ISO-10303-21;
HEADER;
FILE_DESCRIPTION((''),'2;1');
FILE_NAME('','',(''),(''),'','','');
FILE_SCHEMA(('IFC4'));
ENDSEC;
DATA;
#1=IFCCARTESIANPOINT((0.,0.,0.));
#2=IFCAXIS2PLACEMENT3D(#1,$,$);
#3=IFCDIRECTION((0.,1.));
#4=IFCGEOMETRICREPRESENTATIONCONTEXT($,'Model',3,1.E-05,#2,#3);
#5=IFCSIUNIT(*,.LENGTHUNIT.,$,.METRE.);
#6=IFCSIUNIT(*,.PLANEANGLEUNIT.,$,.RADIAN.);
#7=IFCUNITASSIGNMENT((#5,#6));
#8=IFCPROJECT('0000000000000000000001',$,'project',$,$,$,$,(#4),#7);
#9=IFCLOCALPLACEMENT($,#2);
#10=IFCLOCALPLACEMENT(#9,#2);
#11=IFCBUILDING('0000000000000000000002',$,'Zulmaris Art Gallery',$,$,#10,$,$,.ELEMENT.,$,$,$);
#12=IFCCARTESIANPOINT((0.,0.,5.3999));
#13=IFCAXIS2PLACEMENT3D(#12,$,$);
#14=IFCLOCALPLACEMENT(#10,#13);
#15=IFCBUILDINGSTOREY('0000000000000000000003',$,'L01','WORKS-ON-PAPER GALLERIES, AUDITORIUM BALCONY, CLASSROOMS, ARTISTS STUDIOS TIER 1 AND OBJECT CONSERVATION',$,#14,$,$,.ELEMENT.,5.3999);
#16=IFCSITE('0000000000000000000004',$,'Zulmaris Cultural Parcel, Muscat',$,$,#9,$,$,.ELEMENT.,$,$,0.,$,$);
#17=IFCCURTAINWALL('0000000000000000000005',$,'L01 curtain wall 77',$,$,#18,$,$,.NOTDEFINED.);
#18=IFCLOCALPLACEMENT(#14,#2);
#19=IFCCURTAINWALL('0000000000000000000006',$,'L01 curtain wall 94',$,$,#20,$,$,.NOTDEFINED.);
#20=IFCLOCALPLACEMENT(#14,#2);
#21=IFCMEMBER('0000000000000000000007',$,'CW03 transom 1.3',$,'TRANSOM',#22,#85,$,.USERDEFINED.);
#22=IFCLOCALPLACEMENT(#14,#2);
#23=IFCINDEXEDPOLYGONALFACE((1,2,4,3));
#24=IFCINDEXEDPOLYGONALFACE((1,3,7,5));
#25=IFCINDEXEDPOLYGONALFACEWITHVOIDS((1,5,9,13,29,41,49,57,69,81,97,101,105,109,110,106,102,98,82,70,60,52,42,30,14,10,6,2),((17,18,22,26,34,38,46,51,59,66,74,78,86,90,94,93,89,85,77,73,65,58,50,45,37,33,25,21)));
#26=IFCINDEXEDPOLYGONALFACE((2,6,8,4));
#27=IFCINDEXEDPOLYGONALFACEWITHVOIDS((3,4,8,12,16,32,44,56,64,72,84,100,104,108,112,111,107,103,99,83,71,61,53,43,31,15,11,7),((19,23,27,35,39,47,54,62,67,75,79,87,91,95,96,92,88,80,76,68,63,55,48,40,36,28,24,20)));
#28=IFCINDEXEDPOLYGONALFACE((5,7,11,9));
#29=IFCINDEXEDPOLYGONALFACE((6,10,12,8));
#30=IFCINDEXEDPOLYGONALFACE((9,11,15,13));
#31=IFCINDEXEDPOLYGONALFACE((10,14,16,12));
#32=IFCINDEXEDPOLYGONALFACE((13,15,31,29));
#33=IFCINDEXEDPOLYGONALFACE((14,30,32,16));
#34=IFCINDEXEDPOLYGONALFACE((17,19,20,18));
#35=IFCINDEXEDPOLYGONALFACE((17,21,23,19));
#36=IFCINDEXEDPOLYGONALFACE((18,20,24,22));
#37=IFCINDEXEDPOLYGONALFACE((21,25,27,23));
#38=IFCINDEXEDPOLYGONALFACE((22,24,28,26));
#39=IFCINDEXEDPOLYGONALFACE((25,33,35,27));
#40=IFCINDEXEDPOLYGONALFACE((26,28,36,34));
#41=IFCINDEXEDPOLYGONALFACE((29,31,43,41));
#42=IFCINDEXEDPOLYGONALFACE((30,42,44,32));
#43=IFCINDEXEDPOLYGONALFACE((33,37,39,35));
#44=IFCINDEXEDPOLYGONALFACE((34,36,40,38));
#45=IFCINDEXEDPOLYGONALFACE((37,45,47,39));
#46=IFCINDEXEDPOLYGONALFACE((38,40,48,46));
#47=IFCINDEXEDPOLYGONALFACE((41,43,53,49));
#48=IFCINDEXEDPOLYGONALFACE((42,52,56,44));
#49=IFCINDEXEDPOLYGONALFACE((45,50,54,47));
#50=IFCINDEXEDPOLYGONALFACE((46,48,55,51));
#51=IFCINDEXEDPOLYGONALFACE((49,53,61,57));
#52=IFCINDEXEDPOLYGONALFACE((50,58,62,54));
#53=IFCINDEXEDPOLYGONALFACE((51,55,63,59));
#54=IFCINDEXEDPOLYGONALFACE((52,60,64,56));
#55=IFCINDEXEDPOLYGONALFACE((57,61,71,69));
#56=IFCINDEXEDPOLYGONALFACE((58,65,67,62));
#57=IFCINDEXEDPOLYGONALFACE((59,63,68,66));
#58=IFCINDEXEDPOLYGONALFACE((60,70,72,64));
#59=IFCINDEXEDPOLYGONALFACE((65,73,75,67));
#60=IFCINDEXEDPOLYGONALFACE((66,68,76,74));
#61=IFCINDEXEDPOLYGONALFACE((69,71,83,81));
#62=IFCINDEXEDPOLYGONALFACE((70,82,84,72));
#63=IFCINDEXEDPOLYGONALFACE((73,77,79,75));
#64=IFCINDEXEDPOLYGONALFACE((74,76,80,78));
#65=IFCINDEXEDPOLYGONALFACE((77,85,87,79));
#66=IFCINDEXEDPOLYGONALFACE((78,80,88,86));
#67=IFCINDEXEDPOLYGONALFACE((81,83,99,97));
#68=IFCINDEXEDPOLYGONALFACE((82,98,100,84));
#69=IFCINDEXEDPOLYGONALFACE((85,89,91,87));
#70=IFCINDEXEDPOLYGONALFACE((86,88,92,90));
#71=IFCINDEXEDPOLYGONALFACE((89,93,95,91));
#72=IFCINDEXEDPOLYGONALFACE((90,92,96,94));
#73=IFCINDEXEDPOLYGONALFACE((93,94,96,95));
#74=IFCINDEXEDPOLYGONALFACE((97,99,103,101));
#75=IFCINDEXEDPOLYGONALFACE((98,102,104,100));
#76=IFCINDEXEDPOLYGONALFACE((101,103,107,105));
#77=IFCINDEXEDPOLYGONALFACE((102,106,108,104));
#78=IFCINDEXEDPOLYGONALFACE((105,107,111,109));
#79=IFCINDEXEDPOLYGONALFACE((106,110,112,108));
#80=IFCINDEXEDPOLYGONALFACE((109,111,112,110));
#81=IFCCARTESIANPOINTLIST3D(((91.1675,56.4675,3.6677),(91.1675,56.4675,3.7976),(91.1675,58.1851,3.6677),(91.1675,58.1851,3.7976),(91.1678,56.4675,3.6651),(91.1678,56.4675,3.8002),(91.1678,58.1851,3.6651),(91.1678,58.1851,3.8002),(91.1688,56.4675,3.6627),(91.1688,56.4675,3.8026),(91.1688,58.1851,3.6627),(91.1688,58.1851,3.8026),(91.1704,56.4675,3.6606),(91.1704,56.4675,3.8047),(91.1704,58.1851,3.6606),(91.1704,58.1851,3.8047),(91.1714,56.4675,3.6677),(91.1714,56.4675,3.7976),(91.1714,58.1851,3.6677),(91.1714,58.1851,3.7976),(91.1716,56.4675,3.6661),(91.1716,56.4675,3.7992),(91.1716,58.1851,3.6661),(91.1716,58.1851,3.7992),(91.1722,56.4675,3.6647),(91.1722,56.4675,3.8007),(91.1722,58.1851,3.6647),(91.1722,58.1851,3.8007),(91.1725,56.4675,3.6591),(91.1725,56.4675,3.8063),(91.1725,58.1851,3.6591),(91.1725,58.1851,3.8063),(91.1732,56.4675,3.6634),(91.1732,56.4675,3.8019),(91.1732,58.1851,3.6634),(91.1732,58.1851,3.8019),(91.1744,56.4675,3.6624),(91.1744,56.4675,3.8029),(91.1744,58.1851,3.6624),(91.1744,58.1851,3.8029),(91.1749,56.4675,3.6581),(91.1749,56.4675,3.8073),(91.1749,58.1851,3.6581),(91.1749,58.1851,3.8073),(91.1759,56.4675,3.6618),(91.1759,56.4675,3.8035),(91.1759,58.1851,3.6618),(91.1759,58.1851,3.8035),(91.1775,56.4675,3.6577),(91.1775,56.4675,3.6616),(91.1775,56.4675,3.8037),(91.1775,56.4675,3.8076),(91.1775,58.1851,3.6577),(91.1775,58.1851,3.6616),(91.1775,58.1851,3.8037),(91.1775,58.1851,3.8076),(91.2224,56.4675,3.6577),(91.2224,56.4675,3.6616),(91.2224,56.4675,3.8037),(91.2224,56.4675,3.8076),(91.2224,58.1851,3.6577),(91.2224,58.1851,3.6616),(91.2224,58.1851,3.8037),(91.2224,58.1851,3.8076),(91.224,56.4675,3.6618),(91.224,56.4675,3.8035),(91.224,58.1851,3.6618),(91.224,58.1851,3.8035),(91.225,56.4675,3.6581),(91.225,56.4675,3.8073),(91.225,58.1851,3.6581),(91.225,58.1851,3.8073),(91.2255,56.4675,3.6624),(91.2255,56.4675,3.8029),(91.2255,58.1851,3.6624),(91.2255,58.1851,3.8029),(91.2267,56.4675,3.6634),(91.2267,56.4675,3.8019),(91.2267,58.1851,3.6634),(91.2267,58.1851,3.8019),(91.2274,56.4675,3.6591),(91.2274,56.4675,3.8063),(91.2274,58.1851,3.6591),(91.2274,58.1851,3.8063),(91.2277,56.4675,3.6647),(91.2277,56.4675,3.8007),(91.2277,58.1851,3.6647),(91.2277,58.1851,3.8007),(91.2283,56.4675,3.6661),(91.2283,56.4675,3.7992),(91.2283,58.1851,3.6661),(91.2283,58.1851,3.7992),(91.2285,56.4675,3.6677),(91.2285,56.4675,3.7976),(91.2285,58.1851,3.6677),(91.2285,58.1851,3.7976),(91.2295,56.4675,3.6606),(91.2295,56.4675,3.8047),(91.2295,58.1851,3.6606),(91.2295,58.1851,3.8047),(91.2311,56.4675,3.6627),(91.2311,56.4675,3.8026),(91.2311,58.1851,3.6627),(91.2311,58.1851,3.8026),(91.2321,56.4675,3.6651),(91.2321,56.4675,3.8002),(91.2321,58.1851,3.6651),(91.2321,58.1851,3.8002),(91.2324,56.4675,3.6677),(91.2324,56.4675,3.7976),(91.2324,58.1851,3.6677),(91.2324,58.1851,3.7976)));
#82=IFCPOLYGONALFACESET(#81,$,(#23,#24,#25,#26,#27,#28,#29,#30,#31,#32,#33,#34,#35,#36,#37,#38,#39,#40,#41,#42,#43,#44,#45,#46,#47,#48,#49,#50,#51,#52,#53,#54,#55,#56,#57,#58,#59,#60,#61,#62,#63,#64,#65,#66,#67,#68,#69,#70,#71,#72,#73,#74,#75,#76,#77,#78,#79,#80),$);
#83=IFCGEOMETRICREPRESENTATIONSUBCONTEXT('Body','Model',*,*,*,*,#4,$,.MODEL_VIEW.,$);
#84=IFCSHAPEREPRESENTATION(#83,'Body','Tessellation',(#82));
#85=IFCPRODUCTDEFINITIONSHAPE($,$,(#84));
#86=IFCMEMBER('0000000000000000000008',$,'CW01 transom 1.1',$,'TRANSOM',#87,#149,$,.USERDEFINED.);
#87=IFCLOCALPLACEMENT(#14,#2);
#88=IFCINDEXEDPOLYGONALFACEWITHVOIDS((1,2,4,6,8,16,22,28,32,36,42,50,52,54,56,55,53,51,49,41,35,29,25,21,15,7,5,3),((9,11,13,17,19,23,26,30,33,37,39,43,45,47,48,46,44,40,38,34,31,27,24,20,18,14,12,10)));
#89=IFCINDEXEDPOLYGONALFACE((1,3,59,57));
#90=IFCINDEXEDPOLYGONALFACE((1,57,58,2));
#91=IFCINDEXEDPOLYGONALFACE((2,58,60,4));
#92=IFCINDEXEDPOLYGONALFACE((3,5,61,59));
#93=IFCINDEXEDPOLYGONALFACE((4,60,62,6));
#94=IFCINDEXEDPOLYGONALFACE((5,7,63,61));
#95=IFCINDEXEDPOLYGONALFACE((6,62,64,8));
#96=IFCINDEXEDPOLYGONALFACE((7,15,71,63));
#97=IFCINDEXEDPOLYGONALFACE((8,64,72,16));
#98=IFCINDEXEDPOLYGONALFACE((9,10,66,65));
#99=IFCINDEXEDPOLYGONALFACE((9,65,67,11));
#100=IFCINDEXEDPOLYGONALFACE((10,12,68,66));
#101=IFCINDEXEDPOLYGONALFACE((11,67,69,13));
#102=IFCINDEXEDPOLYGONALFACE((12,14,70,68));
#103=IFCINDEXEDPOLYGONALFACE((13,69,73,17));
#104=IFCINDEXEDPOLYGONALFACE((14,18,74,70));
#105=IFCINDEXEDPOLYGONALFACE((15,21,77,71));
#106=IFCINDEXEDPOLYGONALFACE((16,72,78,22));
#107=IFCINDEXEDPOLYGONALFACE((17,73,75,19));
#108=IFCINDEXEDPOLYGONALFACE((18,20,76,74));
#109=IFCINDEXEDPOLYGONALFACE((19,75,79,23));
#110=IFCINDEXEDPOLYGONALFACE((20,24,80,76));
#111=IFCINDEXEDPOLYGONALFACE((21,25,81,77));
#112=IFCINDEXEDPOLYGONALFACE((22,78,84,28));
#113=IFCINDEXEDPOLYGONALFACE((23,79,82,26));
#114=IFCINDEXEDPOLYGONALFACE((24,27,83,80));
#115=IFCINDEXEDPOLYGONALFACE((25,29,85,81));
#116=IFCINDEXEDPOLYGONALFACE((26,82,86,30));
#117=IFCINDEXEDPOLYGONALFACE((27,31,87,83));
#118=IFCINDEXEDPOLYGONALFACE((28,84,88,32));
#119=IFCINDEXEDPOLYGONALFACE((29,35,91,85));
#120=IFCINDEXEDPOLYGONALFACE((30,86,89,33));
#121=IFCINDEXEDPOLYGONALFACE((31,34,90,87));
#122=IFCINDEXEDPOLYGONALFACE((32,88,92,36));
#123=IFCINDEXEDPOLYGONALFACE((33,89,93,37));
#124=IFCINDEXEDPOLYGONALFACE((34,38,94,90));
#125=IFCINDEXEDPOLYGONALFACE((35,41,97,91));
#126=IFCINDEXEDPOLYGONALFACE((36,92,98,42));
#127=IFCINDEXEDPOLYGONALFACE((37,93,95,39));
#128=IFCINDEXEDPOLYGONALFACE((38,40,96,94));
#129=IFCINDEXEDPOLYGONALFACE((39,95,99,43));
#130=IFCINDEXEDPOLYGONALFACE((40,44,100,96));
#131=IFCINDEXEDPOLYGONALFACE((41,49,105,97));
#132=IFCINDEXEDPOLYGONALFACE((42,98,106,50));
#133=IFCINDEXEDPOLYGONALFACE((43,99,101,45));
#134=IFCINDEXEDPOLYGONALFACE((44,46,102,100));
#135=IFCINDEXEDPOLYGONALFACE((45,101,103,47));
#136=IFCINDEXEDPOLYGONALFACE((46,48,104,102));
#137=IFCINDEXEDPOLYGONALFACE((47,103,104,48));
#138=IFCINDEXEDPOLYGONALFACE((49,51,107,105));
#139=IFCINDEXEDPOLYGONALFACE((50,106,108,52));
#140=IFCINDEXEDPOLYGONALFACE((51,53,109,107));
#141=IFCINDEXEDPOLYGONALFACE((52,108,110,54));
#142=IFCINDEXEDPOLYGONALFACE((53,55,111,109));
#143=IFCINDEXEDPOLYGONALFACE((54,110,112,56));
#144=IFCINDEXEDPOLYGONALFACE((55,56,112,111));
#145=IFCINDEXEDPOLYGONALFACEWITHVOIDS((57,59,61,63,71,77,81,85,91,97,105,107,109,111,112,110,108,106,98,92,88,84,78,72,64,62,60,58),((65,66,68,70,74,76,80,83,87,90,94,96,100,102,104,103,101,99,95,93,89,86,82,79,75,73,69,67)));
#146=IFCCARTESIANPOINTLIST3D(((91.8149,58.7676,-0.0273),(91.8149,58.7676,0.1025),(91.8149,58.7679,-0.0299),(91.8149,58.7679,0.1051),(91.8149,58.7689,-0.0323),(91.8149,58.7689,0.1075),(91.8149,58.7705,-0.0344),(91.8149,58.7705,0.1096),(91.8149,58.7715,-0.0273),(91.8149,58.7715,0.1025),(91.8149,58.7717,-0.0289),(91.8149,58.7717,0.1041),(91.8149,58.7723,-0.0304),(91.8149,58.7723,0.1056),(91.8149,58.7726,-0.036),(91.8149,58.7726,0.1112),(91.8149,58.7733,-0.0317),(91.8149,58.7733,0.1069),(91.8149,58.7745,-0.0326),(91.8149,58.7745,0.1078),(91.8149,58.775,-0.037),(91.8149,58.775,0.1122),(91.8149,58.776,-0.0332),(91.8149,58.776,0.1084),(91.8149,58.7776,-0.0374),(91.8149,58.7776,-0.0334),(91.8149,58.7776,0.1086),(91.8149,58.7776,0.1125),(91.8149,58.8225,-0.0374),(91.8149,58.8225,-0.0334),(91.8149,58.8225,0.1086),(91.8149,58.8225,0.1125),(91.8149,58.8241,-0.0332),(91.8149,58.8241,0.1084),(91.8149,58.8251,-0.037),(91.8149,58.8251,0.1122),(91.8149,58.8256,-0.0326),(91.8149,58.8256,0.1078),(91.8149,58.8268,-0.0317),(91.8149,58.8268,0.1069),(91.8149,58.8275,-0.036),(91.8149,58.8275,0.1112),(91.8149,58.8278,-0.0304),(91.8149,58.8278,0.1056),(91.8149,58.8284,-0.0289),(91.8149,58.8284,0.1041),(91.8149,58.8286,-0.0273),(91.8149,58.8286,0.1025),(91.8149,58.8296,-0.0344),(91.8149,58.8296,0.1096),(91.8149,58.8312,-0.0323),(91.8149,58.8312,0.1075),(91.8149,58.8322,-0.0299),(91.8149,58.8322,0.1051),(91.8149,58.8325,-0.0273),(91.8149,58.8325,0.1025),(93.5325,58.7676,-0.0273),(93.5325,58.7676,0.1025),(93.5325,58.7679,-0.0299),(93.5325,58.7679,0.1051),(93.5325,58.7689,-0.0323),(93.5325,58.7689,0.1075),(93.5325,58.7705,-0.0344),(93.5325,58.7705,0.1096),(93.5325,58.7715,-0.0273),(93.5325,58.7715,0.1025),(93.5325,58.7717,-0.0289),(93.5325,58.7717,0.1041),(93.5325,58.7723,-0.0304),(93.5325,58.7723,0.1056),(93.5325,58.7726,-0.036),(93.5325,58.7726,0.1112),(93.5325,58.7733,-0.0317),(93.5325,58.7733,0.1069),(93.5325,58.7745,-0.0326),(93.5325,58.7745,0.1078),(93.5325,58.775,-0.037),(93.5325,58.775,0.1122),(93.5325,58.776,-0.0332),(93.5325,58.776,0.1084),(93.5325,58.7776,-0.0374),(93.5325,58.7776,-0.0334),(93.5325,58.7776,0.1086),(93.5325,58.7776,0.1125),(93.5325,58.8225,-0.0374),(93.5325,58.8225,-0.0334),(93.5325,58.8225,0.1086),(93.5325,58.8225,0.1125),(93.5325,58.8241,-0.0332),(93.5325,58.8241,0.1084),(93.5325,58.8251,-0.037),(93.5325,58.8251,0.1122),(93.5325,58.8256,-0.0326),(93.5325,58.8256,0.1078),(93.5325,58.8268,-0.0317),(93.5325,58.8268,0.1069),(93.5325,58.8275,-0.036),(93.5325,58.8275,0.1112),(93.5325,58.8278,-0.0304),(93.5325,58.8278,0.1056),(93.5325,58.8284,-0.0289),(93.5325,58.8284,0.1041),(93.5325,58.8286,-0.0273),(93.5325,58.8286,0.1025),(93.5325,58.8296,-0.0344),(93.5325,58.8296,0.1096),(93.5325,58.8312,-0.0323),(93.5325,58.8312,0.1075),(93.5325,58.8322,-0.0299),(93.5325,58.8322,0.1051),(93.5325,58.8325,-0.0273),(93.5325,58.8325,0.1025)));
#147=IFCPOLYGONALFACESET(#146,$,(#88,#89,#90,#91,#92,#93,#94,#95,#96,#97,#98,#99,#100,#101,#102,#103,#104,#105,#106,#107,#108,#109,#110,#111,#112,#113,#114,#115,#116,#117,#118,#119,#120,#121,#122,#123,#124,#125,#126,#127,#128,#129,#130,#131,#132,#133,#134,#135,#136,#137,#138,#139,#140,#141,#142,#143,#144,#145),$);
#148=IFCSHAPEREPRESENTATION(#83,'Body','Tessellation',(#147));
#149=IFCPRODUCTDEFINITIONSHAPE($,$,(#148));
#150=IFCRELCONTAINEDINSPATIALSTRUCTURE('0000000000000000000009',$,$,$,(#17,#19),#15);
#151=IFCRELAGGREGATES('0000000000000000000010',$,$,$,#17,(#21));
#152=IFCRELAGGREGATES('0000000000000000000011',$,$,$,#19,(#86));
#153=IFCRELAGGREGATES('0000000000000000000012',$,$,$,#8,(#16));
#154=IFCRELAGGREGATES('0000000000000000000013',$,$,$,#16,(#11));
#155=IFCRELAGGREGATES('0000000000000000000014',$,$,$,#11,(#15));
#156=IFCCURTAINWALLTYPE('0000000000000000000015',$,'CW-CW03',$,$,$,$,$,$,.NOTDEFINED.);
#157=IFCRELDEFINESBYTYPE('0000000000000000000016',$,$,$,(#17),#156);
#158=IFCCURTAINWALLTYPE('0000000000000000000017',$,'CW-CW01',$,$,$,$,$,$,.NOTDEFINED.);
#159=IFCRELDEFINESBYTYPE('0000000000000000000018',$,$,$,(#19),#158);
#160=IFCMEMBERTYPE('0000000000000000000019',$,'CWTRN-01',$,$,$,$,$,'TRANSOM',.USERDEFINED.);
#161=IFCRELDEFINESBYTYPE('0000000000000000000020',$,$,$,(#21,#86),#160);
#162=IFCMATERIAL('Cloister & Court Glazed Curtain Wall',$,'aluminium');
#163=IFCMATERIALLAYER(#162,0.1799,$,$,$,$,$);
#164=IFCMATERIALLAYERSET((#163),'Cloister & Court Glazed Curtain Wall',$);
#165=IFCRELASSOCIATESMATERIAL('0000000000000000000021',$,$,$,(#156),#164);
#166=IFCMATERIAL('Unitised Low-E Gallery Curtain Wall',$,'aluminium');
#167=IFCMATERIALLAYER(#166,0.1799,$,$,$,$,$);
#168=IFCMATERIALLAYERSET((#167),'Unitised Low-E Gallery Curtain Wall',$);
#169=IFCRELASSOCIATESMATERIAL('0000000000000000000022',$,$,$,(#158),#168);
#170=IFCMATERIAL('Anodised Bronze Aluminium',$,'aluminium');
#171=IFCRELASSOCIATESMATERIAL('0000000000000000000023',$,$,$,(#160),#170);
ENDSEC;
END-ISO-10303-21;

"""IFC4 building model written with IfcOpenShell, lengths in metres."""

from ifc_helpers import new_model, si_unit, direction, frame, origin, origin_2d, place, context, subcontext, project, spatial, hollow_rectangle, extrude, material, layer, layer_set, material_profile, profile_set, type_object, element, aggregate, save


model = new_model("IFC4")

# Units and contexts
model_context = context("Model", 3, precision=1e-05, world=origin(), true_north=direction((0.0, 1.0)))
body_context = subcontext(model_context, "Body", "Model", "MODEL_VIEW")
ifc_project = project(units=[si_unit("LENGTHUNIT", "METRE"), si_unit("PLANEANGLEUNIT", "RADIAN")], contexts=[model_context])

# Site, building, storey
site_placement = place(None, origin())
site = spatial("IfcSite", under=ifc_project, at=site_placement, Name="Zulmaris Cultural Parcel, Muscat", CompositionType="ELEMENT", RefElevation=0.0)
building_placement = place(site_placement, origin())
building = spatial("IfcBuilding", under=site, at=building_placement, Name="Zulmaris Art Gallery", CompositionType="ELEMENT")
storey_placement = place(building_placement, frame((0.0, 0.0, 5.3999)))
storey = spatial("IfcBuildingStorey", under=building, at=storey_placement, Name="L01", Description="WORKS-ON-PAPER GALLERIES, AUDITORIUM BALCONY, CLASSROOMS, ARTISTS STUDIOS TIER 1 AND OBJECT CONSERVATION", CompositionType="ELEMENT", Elevation=5.3999)

# Curtain wall
ifc_material_1 = material(Name="Cloister & Court Glazed Curtain Wall", Category="aluminium")
ifc_layer_1 = layer(ifc_material_1, 0.1799)
ifc_layer_set_1 = layer_set([ifc_layer_1], Name="Cloister & Court Glazed Curtain Wall")
curtain_wall_type_1 = type_object("IfcCurtainWallType", Name="CW-CW03", PredefinedType="NOTDEFINED", material=ifc_layer_set_1)
ifc_material_2 = material(Name="Anodised Bronze Aluminium", Category="aluminium")
curtain_wall_1_placement = place(storey_placement, origin())
curtain_wall_1 = element("IfcCurtainWall", 1, at=curtain_wall_1_placement, inside=storey, type_object=curtain_wall_type_1, Name="L01 curtain wall 77", PredefinedType="NOTDEFINED")

# Curtain wall
ifc_material_3 = material(Name="Unitised Low-E Gallery Curtain Wall", Category="aluminium")
ifc_layer_2 = layer(ifc_material_3, 0.1799)
ifc_layer_set_2 = layer_set([ifc_layer_2], Name="Unitised Low-E Gallery Curtain Wall")
curtain_wall_type_2 = type_object("IfcCurtainWallType", Name="CW-CW01", PredefinedType="NOTDEFINED", material=ifc_layer_set_2)
curtain_wall_2_placement = place(storey_placement, origin())
curtain_wall_2 = element("IfcCurtainWall", 2, at=curtain_wall_2_placement, inside=storey, type_object=curtain_wall_type_2, Name="L01 curtain wall 94", PredefinedType="NOTDEFINED")

# Members
ifc_material_profile_1 = material_profile(ifc_material_2, hollow_rectangle(XDim=0.0649, YDim=0.1499, WallThickness=0.0039, InnerFilletRadius=0.0061, OuterFilletRadius=0.01, at=origin_2d()), Name="ALU 65x150x4")
ifc_profile_set_1 = profile_set([ifc_material_profile_1], Name="Anodised Bronze Aluminium")
member_type_1 = type_object("IfcMemberType", Name="CWTRN-01", ElementType="TRANSOM", PredefinedType="USERDEFINED", material=ifc_profile_set_1)
member_1_placement = place(storey_placement, frame((91.2, 58.1851, 3.7327), z_axis=(0.0, -1.0, 0.0), x_axis=(1.0, 0.0, 0.0)))
member_1 = element("IfcMember", 3, at=member_1_placement, type_object=member_type_1, Name="CW03 transom 1.3", ObjectType="TRANSOM", PredefinedType="USERDEFINED", context=body_context, shape_type="SweptSolid", body=[
    extrude(hollow_rectangle(XDim=0.0649, YDim=0.1499, WallThickness=0.0039, InnerFilletRadius=0.0061, OuterFilletRadius=0.01, at=origin_2d()), origin(), (0.0, 0.0, 1.0), 1.7175),
])
aggregate(curtain_wall_1, [member_1])
member_2_placement = place(storey_placement, frame((91.8149, 58.8, 0.0376), z_axis=(1.0, 0.0, 0.0), x_axis=(0.0, 1.0, 0.0)))
member_2 = element("IfcMember", 4, at=member_2_placement, type_object=member_type_1, Name="CW01 transom 1.1", ObjectType="TRANSOM", PredefinedType="USERDEFINED", context=body_context, shape_type="SweptSolid", body=[
    extrude(hollow_rectangle(XDim=0.0649, YDim=0.1499, WallThickness=0.0039, InnerFilletRadius=0.0061, OuterFilletRadius=0.01, at=origin_2d()), origin(), (0.0, 0.0, 1.0), 1.7175),
])

aggregate(curtain_wall_2, [member_2])

save(model, "model.ifc")
